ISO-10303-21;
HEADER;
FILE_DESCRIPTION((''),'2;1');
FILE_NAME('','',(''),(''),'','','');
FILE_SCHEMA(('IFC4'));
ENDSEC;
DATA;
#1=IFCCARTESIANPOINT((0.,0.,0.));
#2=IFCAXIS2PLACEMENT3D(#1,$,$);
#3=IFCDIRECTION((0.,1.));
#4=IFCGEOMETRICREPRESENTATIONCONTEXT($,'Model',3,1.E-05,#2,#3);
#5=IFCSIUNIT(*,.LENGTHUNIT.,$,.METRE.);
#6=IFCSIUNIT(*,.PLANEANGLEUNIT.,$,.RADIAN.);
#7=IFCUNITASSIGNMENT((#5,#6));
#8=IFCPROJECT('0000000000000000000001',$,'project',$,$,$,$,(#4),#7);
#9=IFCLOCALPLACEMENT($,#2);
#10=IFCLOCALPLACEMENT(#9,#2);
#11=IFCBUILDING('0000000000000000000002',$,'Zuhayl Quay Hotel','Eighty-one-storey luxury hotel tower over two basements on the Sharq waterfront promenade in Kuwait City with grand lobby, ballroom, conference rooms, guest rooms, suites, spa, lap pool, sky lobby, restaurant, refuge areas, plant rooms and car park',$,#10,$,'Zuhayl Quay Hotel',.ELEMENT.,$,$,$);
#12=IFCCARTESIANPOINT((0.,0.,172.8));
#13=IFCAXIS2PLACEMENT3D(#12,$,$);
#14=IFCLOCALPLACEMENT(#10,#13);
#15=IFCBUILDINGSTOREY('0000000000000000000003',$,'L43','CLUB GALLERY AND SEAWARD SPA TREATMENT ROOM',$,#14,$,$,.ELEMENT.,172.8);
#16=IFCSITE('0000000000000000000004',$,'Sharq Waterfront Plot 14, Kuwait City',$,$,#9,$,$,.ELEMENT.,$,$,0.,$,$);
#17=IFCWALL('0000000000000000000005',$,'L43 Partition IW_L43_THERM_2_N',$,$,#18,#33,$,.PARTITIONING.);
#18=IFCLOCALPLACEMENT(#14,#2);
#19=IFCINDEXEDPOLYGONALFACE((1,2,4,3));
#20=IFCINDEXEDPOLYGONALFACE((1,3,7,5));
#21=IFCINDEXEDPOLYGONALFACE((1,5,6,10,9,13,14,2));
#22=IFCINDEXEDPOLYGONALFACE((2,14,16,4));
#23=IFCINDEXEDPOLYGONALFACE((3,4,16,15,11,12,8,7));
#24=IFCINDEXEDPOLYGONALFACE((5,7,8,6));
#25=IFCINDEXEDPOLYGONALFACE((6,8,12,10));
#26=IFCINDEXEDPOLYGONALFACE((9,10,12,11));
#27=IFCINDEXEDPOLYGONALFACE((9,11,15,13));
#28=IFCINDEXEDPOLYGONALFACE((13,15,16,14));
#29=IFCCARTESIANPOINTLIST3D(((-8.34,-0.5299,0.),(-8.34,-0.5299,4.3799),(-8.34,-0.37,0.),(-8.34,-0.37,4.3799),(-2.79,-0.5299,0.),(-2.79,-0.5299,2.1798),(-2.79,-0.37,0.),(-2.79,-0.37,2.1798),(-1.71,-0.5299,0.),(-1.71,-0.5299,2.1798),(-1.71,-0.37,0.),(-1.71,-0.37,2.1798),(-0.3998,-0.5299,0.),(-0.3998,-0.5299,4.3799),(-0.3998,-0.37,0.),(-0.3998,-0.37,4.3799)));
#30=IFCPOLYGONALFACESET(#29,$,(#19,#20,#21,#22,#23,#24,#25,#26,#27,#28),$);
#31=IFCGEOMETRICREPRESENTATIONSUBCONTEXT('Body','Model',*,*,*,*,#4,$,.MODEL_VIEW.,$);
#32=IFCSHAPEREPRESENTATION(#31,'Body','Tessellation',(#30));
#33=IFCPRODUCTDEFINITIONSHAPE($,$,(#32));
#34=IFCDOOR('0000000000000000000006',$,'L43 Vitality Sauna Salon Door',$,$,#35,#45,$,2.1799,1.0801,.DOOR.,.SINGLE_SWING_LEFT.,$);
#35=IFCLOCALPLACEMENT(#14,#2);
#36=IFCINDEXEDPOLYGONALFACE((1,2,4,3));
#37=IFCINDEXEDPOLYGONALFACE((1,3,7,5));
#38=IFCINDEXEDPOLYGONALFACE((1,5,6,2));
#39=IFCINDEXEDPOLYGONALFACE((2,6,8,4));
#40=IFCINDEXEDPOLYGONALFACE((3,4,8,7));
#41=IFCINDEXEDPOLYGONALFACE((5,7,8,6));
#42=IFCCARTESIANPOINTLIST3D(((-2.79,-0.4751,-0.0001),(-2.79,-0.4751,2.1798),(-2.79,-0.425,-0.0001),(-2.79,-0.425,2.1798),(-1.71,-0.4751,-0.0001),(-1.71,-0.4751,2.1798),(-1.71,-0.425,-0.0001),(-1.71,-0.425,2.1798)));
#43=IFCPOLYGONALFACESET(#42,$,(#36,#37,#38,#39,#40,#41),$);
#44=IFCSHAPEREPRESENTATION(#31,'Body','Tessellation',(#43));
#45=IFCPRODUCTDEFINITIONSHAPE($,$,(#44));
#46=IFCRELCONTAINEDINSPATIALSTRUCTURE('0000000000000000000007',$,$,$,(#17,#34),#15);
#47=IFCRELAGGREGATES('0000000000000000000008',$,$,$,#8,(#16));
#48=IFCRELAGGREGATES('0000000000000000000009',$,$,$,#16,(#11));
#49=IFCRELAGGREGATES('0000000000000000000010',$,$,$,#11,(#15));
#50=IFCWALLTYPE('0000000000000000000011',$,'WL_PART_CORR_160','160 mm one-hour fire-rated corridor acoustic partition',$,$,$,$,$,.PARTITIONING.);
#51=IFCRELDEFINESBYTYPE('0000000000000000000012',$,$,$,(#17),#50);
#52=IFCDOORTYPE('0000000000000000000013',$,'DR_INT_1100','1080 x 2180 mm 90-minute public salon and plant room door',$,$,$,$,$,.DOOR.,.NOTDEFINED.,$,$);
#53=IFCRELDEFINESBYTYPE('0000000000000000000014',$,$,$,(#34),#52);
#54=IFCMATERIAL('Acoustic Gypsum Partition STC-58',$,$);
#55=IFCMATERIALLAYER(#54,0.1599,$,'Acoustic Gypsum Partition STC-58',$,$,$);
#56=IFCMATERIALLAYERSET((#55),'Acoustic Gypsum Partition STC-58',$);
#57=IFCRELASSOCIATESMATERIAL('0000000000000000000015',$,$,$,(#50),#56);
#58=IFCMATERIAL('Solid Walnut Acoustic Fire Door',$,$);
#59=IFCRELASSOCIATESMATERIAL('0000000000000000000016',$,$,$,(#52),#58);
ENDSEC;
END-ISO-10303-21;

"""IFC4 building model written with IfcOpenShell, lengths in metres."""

from ifc_helpers import new_model, si_unit, direction, frame, frame_2d, origin, place, context, subcontext, project, spatial, rectangle, extrude, material, layer, layer_set, type_object, element, fill, save


model = new_model("IFC4")

# Units and contexts
model_context = context("Model", 3, precision=1e-05, world=origin(), true_north=direction((0.0, 1.0)))
body_context = subcontext(model_context, "Body", "Model", "MODEL_VIEW")
ifc_project = project(units=[si_unit("LENGTHUNIT", "METRE"), si_unit("PLANEANGLEUNIT", "RADIAN")], contexts=[model_context])

# Site, building, storey
site_placement = place(None, origin())
site = spatial("IfcSite", under=ifc_project, at=site_placement, Name="Sharq Waterfront Plot 14, Kuwait City", CompositionType="ELEMENT", RefElevation=0.0)
building_placement = place(site_placement, origin())
building = spatial("IfcBuilding", under=site, at=building_placement, Name="Zuhayl Quay Hotel", Description="Eighty-one-storey luxury hotel tower over two basements on the Sharq waterfront promenade in Kuwait City with grand lobby, ballroom, conference rooms, guest rooms, suites, spa, lap pool, sky lobby, restaurant, refuge areas, plant rooms and car park", LongName="Zuhayl Quay Hotel", CompositionType="ELEMENT")
storey_placement = place(building_placement, frame((0.0, 0.0, 172.8)))
storey = spatial("IfcBuildingStorey", under=building, at=storey_placement, Name="L43", Description="CLUB GALLERY AND SEAWARD SPA TREATMENT ROOM", CompositionType="ELEMENT", Elevation=172.8)

# Shared definitions
ifc_material_1 = material(Name="Acoustic Gypsum Partition STC-58")

# Wall, opening, door
ifc_layer_1 = layer(ifc_material_1, 0.1599, Name="Acoustic Gypsum Partition STC-58")
ifc_layer_set_1 = layer_set([ifc_layer_1], Name="Acoustic Gypsum Partition STC-58")
wall_type_1 = type_object("IfcWallType", Name="WL_PART_CORR_160", Description="160 mm one-hour fire-rated corridor acoustic partition", PredefinedType="PARTITIONING", material=ifc_layer_set_1)
wall_1_placement = place(storey_placement, frame((-8.3401, -0.45, 0.0), z_axis=(0.0, 0.0, 1.0), x_axis=(1.0, 0.0, 0.0)))
wall_1 = element("IfcWall", 1, at=wall_1_placement, inside=storey, type_object=wall_type_1, Name="L43 Partition IW_L43_THERM_2_N", PredefinedType="PARTITIONING", context=body_context, shape_type="SweptSolid", body=[
    extrude(rectangle(XDim=7.9402, YDim=0.1599, at=frame_2d((3.9702, 0.0))), origin(), (0.0, 0.0, 1.0), 4.3799),
])
opening_1_placement = place(wall_1_placement, frame((5.55, 0.0, 0.0)))
opening_1 = element("IfcOpeningElement", 2, at=opening_1_placement, cuts=wall_1, PredefinedType="OPENING", context=body_context, shape_type="SweptSolid", body=[
    extrude(rectangle(XDim=1.0801, YDim=2.1799, at=frame_2d((0.54, 1.0898))), frame((0.0, 0.0898, 0.0), z_axis=(0.0, -1.0, 0.0), x_axis=(1.0, 0.0, 0.0)), (0.0, 0.0, 1.0), 0.1799),
])
ifc_material_2 = material(Name="Solid Walnut Acoustic Fire Door")
door_type_1 = type_object("IfcDoorType", Name="DR_INT_1100", Description="1080 x 2180 mm 90-minute public salon and plant room door", OperationType="NOTDEFINED", PredefinedType="DOOR", material=ifc_material_2)
door_1_placement = place(opening_1_placement, origin())
door_1 = element("IfcDoor", 3, at=door_1_placement, inside=storey, type_object=door_type_1, Name="L43 Vitality Sauna Salon Door", OperationType="SINGLE_SWING_LEFT", OverallHeight=2.1799, OverallWidth=1.0801, PredefinedType="DOOR", context=body_context, shape_type="SweptSolid", body=[
    extrude(rectangle(XDim=1.0801, YDim=2.1799, at=frame_2d((0.54, 1.0898))), frame((0.0, 0.0249, 0.0), z_axis=(0.0, -1.0, 0.0), x_axis=(1.0, 0.0, 0.0)), (0.0, 0.0, 1.0), 0.05),
])
fill(opening_1, door_1)

save(model, "model.ifc")
